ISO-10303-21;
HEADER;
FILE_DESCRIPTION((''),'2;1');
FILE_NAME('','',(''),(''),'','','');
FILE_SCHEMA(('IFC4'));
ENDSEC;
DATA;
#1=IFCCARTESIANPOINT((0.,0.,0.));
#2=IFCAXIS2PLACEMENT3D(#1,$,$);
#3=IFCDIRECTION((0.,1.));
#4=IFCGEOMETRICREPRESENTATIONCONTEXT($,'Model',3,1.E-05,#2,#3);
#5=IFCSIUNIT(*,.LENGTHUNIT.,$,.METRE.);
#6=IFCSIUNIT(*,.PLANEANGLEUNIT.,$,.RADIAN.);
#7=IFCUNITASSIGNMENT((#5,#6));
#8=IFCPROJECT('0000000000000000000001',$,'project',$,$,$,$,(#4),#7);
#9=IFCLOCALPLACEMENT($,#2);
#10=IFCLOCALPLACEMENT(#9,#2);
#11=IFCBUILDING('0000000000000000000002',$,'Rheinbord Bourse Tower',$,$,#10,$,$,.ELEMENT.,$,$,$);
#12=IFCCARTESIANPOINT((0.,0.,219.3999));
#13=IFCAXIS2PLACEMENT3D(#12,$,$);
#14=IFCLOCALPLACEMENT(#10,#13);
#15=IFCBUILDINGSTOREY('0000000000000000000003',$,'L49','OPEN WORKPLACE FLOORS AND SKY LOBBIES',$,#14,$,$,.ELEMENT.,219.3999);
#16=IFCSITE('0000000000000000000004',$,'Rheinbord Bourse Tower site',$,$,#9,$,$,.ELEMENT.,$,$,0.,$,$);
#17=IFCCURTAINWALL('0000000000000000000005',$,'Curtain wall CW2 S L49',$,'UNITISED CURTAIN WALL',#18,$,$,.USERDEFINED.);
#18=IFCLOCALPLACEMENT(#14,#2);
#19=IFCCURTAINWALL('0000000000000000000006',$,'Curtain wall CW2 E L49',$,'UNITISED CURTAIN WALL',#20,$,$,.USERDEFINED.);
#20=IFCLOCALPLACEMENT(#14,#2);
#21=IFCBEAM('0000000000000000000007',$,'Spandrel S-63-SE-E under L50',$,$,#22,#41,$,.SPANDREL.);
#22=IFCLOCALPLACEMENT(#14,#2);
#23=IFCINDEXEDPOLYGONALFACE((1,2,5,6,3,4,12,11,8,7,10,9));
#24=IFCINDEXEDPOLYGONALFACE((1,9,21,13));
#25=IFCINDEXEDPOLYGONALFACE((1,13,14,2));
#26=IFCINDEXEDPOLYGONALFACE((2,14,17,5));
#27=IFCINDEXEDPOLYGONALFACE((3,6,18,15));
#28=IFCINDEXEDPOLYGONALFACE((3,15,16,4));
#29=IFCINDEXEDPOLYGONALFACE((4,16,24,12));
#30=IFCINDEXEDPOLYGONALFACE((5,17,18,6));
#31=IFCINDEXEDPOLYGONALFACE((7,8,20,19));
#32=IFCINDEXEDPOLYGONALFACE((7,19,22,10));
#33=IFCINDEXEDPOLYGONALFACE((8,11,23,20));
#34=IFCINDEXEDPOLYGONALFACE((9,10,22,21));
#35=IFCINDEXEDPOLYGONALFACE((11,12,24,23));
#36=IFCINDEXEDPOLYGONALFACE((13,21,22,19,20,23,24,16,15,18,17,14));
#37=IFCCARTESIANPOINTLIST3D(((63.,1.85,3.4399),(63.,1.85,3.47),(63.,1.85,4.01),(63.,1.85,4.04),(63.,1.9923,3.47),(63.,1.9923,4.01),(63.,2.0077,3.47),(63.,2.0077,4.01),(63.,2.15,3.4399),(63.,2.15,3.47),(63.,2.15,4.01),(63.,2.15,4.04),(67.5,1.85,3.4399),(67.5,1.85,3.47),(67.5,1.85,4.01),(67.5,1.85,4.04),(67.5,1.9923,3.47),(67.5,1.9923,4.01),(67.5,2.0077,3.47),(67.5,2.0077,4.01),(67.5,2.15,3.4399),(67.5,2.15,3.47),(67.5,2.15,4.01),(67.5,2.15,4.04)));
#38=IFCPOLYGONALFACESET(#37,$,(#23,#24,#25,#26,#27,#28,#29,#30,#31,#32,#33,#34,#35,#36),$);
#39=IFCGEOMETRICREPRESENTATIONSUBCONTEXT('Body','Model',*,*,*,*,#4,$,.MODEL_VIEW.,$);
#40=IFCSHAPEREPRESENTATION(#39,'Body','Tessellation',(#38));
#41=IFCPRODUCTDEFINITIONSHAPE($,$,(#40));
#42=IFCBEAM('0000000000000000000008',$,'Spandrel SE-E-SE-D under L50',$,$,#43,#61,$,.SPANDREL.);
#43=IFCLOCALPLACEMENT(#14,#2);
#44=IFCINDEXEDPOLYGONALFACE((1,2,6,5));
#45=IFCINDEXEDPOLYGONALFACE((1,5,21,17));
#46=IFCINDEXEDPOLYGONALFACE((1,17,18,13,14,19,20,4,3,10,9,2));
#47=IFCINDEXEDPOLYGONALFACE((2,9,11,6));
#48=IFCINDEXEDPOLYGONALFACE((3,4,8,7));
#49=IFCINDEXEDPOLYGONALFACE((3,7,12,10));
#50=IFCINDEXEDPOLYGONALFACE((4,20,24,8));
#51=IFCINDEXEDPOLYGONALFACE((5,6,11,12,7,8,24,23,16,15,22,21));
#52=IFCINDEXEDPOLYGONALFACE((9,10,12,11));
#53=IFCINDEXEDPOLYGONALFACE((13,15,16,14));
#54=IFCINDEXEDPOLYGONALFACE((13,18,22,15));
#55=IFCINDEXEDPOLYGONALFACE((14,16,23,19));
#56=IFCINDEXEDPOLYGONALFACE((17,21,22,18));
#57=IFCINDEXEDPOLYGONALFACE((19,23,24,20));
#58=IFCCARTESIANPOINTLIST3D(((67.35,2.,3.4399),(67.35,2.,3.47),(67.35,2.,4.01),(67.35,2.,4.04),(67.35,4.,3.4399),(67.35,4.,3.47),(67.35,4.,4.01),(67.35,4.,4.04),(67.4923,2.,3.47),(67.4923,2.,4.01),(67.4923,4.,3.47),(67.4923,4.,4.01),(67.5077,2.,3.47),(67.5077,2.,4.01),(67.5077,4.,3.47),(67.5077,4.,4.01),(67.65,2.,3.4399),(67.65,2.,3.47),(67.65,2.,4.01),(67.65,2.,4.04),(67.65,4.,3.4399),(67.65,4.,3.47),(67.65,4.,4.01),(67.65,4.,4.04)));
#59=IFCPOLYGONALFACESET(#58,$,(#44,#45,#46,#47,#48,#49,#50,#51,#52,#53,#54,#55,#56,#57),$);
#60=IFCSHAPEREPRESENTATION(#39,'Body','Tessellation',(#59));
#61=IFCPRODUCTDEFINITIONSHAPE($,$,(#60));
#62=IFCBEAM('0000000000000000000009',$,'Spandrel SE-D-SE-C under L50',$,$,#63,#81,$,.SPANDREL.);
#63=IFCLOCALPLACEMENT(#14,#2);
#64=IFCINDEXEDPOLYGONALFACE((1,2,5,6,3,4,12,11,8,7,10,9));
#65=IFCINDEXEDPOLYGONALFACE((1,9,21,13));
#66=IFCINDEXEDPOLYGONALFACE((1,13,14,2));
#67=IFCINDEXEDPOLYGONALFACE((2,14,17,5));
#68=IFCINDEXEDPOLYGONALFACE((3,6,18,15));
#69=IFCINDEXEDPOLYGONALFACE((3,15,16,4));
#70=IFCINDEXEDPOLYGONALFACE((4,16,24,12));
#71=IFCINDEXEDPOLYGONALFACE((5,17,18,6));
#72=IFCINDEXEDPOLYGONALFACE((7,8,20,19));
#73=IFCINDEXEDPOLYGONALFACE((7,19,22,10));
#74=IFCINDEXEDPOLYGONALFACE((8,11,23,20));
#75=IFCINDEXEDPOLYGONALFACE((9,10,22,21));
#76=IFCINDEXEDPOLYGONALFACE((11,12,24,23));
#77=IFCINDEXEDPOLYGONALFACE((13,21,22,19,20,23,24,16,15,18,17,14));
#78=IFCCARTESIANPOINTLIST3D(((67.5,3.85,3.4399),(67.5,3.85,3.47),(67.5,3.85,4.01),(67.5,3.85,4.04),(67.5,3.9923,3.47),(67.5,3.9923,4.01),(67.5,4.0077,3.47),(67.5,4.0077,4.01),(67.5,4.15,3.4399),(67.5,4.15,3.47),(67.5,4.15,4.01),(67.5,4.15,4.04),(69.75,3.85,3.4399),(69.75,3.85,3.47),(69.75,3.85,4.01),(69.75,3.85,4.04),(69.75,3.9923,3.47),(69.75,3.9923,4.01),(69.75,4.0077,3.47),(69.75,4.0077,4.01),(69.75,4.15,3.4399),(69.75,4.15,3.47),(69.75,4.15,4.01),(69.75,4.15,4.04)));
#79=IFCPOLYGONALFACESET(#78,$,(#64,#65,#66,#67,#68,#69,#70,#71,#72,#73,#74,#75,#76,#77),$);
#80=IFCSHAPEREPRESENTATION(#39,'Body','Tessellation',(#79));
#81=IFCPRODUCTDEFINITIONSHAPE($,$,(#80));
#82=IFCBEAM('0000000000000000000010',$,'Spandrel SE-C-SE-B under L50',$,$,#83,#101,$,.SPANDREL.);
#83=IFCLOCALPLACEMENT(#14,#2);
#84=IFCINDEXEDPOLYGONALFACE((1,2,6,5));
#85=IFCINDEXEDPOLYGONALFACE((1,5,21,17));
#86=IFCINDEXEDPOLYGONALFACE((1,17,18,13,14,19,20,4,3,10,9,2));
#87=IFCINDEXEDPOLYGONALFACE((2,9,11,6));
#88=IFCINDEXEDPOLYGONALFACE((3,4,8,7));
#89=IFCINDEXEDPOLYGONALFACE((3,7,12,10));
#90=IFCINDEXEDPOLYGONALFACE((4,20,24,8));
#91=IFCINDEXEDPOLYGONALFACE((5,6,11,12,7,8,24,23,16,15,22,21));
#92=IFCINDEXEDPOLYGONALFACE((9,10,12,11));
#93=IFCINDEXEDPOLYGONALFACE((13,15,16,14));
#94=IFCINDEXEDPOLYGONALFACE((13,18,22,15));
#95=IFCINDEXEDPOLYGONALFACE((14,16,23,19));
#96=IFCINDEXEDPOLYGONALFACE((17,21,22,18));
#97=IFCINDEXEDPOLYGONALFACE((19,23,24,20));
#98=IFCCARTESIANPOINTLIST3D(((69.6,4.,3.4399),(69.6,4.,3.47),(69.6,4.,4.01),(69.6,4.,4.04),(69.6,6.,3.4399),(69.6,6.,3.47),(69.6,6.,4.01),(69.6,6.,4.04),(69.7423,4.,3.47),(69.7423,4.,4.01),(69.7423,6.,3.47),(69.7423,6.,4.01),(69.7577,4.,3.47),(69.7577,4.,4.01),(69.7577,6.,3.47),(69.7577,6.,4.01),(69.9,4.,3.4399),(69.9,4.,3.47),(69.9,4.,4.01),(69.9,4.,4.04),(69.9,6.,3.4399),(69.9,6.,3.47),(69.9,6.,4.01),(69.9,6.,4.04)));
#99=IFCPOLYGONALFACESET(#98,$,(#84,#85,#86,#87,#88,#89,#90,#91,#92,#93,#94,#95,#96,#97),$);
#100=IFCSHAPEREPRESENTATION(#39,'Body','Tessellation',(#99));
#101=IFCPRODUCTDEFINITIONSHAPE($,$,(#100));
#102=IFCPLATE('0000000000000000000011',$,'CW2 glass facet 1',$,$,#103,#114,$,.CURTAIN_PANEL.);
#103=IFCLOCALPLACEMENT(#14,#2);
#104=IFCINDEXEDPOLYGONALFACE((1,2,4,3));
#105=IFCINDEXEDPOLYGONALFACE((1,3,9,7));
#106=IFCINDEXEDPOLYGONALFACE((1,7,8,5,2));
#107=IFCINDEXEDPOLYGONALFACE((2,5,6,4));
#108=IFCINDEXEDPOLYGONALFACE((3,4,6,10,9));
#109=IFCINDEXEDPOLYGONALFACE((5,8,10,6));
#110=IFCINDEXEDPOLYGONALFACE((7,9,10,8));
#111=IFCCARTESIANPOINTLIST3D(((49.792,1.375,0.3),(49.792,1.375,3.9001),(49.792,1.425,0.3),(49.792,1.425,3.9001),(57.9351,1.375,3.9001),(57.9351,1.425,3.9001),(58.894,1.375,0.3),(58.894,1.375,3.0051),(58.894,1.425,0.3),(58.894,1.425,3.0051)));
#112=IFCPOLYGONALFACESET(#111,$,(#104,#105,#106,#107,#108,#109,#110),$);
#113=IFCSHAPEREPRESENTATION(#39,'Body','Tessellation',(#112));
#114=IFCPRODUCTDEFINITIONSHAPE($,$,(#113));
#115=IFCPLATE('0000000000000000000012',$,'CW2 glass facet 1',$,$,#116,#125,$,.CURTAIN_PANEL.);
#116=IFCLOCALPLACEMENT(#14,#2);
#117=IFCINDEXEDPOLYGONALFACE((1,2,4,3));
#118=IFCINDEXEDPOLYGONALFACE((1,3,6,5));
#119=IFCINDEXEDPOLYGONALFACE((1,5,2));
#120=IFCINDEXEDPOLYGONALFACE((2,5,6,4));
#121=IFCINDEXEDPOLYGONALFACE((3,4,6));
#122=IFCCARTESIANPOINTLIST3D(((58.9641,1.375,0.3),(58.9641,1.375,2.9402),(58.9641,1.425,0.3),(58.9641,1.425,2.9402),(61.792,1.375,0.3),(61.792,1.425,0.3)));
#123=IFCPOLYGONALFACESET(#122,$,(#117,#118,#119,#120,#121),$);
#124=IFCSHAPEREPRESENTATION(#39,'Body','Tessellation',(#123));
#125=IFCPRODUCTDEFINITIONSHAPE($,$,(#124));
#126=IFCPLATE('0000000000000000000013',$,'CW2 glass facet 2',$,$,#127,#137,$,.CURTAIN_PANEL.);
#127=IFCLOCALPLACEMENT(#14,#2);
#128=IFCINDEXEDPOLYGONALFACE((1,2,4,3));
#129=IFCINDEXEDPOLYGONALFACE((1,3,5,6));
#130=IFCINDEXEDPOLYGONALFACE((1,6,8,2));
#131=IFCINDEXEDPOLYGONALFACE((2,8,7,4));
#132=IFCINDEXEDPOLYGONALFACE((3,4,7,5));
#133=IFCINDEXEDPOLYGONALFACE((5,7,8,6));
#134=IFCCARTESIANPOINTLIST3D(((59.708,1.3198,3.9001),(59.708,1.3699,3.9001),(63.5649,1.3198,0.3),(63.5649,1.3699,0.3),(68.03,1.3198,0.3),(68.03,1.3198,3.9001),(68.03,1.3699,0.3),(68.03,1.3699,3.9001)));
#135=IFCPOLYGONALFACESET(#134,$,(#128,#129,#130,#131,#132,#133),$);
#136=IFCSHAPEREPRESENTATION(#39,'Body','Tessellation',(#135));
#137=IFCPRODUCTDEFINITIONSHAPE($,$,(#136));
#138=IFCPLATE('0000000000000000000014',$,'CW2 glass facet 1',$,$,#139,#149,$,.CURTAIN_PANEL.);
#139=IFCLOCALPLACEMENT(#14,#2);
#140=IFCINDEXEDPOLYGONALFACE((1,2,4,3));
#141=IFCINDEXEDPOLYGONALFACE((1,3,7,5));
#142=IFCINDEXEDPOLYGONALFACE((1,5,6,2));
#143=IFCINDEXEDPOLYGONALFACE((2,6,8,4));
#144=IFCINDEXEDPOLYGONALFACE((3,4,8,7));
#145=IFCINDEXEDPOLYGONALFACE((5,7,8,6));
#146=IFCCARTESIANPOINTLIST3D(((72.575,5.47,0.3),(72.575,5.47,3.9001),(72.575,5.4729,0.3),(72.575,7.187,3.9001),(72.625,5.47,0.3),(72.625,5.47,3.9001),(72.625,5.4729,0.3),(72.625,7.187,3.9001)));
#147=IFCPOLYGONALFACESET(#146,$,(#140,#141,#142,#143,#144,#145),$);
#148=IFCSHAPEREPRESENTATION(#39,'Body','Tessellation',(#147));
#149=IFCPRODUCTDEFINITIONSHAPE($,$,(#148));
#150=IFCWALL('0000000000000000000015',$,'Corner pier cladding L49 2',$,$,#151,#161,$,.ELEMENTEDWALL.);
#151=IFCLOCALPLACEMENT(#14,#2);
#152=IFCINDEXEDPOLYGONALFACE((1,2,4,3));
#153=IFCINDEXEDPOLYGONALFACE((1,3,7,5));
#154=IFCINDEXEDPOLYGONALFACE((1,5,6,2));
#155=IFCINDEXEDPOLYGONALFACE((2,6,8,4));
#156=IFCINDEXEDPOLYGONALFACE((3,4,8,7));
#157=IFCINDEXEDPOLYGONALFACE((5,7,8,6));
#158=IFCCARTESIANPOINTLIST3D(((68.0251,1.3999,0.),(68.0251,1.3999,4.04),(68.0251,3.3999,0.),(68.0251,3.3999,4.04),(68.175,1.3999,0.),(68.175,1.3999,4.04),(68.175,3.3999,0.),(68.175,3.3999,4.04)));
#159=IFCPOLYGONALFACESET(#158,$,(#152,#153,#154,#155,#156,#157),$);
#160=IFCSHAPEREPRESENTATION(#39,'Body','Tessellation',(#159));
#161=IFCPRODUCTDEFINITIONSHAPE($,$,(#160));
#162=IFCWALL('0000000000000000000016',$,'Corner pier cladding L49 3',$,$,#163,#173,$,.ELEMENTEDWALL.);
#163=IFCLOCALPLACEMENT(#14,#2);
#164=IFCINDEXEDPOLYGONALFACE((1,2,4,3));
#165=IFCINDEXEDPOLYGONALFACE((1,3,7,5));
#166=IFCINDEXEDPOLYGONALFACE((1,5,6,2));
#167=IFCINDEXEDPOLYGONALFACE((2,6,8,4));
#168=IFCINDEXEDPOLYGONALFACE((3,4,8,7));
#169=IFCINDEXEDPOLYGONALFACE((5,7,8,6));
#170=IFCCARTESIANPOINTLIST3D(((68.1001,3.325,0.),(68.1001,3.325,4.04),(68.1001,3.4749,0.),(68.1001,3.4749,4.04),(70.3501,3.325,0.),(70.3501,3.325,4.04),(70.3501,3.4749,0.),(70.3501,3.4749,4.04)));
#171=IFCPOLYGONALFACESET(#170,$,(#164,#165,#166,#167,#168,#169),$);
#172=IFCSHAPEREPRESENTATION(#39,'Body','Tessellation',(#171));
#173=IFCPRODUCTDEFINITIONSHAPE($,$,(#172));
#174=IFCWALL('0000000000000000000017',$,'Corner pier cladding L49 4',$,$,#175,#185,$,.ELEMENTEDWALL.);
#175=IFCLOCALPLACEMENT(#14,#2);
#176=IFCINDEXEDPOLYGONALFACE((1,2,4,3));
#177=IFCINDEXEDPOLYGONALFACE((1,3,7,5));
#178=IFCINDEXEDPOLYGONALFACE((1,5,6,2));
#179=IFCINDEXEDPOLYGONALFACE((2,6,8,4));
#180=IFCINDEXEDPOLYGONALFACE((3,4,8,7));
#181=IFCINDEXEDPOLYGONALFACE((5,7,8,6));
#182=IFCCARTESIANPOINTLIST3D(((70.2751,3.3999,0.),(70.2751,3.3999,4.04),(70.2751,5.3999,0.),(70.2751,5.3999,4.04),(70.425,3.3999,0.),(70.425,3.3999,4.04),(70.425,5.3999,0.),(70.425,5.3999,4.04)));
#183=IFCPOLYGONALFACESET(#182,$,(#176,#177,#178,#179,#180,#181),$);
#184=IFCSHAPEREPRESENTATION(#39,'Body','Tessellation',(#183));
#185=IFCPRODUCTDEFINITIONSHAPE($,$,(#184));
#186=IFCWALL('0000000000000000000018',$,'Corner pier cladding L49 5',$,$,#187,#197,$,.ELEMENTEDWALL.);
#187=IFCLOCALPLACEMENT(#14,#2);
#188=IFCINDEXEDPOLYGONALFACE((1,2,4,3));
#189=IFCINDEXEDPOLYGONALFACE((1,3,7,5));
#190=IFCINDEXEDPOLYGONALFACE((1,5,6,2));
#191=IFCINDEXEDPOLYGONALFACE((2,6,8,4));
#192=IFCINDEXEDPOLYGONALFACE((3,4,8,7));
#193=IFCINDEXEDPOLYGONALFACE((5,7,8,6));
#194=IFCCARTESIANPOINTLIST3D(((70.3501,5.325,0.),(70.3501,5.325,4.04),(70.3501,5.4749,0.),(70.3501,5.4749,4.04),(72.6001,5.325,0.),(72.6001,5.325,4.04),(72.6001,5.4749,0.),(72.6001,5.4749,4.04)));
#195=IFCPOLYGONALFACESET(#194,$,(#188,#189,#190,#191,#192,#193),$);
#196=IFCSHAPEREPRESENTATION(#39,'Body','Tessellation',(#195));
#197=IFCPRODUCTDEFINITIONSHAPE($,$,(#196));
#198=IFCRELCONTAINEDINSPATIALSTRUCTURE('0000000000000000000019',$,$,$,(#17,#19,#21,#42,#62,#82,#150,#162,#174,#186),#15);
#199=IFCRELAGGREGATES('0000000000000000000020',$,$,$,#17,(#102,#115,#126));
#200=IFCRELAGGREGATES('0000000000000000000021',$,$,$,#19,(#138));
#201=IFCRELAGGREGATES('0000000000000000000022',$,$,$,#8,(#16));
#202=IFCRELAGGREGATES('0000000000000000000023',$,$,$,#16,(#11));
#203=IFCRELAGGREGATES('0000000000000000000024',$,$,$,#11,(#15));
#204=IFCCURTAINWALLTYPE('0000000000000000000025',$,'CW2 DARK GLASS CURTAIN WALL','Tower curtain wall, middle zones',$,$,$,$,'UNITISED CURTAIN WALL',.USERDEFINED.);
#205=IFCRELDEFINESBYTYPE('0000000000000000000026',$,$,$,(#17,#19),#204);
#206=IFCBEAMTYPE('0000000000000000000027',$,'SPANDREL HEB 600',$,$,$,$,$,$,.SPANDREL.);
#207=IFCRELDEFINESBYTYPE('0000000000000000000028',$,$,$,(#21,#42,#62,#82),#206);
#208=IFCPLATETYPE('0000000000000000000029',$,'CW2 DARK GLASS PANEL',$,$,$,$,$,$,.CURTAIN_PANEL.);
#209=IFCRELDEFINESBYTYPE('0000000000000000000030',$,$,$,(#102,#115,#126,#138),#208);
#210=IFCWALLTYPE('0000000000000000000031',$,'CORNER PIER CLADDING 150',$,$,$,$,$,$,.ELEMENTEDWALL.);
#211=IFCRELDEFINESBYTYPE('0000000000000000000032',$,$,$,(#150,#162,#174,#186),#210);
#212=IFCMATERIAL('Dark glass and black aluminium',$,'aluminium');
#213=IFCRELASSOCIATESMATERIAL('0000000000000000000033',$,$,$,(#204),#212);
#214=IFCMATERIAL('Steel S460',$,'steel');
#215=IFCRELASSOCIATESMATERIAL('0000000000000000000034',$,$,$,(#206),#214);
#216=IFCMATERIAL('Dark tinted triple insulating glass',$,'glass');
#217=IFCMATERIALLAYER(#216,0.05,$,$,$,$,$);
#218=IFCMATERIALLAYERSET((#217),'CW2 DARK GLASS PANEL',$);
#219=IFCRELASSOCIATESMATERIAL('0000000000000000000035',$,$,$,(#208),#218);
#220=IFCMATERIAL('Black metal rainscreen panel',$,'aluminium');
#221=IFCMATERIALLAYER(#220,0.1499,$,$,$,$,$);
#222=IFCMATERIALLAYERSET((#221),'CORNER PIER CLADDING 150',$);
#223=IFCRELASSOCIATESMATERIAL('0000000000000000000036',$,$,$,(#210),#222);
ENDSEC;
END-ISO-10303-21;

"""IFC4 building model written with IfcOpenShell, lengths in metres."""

from ifc_helpers import new_model, si_unit, direction, frame, frame_2d, origin, origin_2d, place, context, subcontext, project, spatial, polyline, rectangle, i_section, outline, extrude, material, layer, layer_set, material_profile, profile_set, type_object, element, aggregate, save


model = new_model("IFC4")

# Units and contexts
model_context = context("Model", 3, precision=1e-05, world=origin(), true_north=direction((0.0, 1.0)))
body_context = subcontext(model_context, "Body", "Model", "MODEL_VIEW")
ifc_project = project(units=[si_unit("LENGTHUNIT", "METRE"), si_unit("PLANEANGLEUNIT", "RADIAN")], contexts=[model_context])

# Site, building, storey
site_placement = place(None, origin())
site = spatial("IfcSite", under=ifc_project, at=site_placement, Name="Rheinbord Bourse Tower site", CompositionType="ELEMENT", RefElevation=0.0)
building_placement = place(site_placement, origin())
building = spatial("IfcBuilding", under=site, at=building_placement, Name="Rheinbord Bourse Tower", CompositionType="ELEMENT")
storey_placement = place(building_placement, frame((0.0, 0.0, 219.3999)))
storey = spatial("IfcBuildingStorey", under=building, at=storey_placement, Name="L49", Description="OPEN WORKPLACE FLOORS AND SKY LOBBIES", CompositionType="ELEMENT", Elevation=219.3999)

# Curtain wall
ifc_material_1 = material(Name="Dark glass and black aluminium", Category="aluminium")
curtain_wall_type = type_object("IfcCurtainWallType", Name="CW2 DARK GLASS CURTAIN WALL", Description="Tower curtain wall, middle zones", ElementType="UNITISED CURTAIN WALL", PredefinedType="USERDEFINED", material=ifc_material_1)
curtain_wall_1_placement = place(storey_placement, origin())
curtain_wall_1 = element("IfcCurtainWall", 1, at=curtain_wall_1_placement, inside=storey, type_object=curtain_wall_type, Name="Curtain wall CW2 S L49", ObjectType="UNITISED CURTAIN WALL", PredefinedType="USERDEFINED")

# Curtain wall
curtain_wall_2_placement = place(storey_placement, origin())
curtain_wall_2 = element("IfcCurtainWall", 2, at=curtain_wall_2_placement, inside=storey, type_object=curtain_wall_type, Name="Curtain wall CW2 E L49", ObjectType="UNITISED CURTAIN WALL", PredefinedType="USERDEFINED")

# Beams
ifc_material_2 = material(Name="Steel S460", Category="steel")
ifc_material_profile_1 = material_profile(ifc_material_2, i_section(OverallWidth=0.3, OverallDepth=0.6001, WebThickness=0.0154, FlangeThickness=0.03, at=origin_2d()), Name="HEB 600")
ifc_profile_set_1 = profile_set([ifc_material_profile_1], Name="Steel S460")
beam_type_1 = type_object("IfcBeamType", Name="SPANDREL HEB 600", PredefinedType="SPANDREL", material=ifc_profile_set_1)
for number, where, z_axis, x_axis, name in (
    (3, (63.0, 2.0, 3.74), (1.0, 0.0, 0.0), (0.0, 1.0, 0.0), "Spandrel S-63-SE-E under L50"),
):
    element("IfcBeam", number, at=place(storey_placement, frame(where, z_axis=z_axis, x_axis=x_axis)), inside=storey, type_object=beam_type_1, Name=name, PredefinedType="SPANDREL", context=body_context, shape_type="SweptSolid", body=[
        extrude(i_section(OverallWidth=0.3, OverallDepth=0.6001, WebThickness=0.0154, FlangeThickness=0.03, at=origin_2d()), origin(), (0.0, 0.0, 1.0), 4.5),
    ])
beam_1_placement = place(storey_placement, frame((67.5, 2.0, 3.74), z_axis=(0.0, 1.0, 0.0), x_axis=(-1.0, 0.0, 0.0)))
element("IfcBeam", 4, at=beam_1_placement, inside=storey, type_object=beam_type_1, Name="Spandrel SE-E-SE-D under L50", PredefinedType="SPANDREL", context=body_context, shape_type="SweptSolid", body=[
    extrude(i_section(OverallWidth=0.3, OverallDepth=0.6001, WebThickness=0.0154, FlangeThickness=0.03, at=origin_2d()), origin(), (0.0, 0.0, 1.0), 2.0),
])
beam_2_placement = place(storey_placement, frame((67.5, 4.0, 3.74), z_axis=(1.0, 0.0, 0.0), x_axis=(0.0, 1.0, 0.0)))
element("IfcBeam", 5, at=beam_2_placement, inside=storey, type_object=beam_type_1, Name="Spandrel SE-D-SE-C under L50", PredefinedType="SPANDREL", context=body_context, shape_type="SweptSolid", body=[
    extrude(i_section(OverallWidth=0.3, OverallDepth=0.6001, WebThickness=0.0154, FlangeThickness=0.03, at=origin_2d()), origin(), (0.0, 0.0, 1.0), 2.25),
])
beam_3_placement = place(storey_placement, frame((69.75, 4.0, 3.74), z_axis=(0.0, 1.0, 0.0), x_axis=(-1.0, 0.0, 0.0)))
element("IfcBeam", 6, at=beam_3_placement, inside=storey, type_object=beam_type_1, Name="Spandrel SE-C-SE-B under L50", PredefinedType="SPANDREL", context=body_context, shape_type="SweptSolid", body=[
    extrude(i_section(OverallWidth=0.3, OverallDepth=0.6001, WebThickness=0.0154, FlangeThickness=0.03, at=origin_2d()), origin(), (0.0, 0.0, 1.0), 2.0),
])

# Plates
ifc_material_3 = material(Name="Dark tinted triple insulating glass", Category="glass")
ifc_layer_1 = layer(ifc_material_3, 0.05)
ifc_layer_set_1 = layer_set([ifc_layer_1], Name="CW2 DARK GLASS PANEL")
plate_type = type_object("IfcPlateType", Name="CW2 DARK GLASS PANEL", PredefinedType="CURTAIN_PANEL", material=ifc_layer_set_1)
plate_1_placement = place(storey_placement, frame((58.894, 1.375, 0.3), z_axis=(0.0, 1.0, 0.0), x_axis=(-1.0, 0.0, 0.0)))
plate_1 = element("IfcPlate", 7, at=plate_1_placement, type_object=plate_type, Name="CW2 glass facet 1", PredefinedType="CURTAIN_PANEL", context=body_context, shape_type="SweptSolid", body=[
    extrude(outline(polyline([(0.0, 0.0), (9.1021, 0.0), (9.1021, 3.6001), (0.959, 3.6001), (0.0, 2.7051), (0.0, 0.0)])), origin(), (0.0, 0.0, 1.0), 0.05),
])
plate_2_placement = place(storey_placement, frame((58.9641, 1.375, 0.3), z_axis=(0.0, 1.0, 0.0), x_axis=(0.0, 0.0, 1.0)))
plate_2 = element("IfcPlate", 8, at=plate_2_placement, type_object=plate_type, Name="CW2 glass facet 1", PredefinedType="CURTAIN_PANEL", context=body_context, shape_type="SweptSolid", body=[
    extrude(outline(polyline([(0.0, 0.0), (2.6401, 0.0), (0.0, 2.8279), (0.0, 0.0)])), origin(), (0.0, 0.0, 1.0), 0.05),
])
plate_3_placement = place(storey_placement, frame((68.03, 1.3198, 3.9001), z_axis=(0.0, 1.0, 0.0), x_axis=(0.0, 0.0, -1.0)))
plate_3 = element("IfcPlate", 9, at=plate_3_placement, type_object=plate_type, Name="CW2 glass facet 2", PredefinedType="CURTAIN_PANEL", context=body_context, shape_type="SweptSolid", body=[
    extrude(outline(polyline([(0.0, 0.0), (3.6001, 0.0), (3.6001, 4.4651), (0.0, 8.322), (0.0, 0.0)])), origin(), (0.0, 0.0, 1.0), 0.05),
])
aggregate(curtain_wall_1, [plate_1, plate_2, plate_3])
plate_4_placement = place(storey_placement, frame((72.625, 5.47, 0.3), z_axis=(-1.0, 0.0, 0.0), x_axis=(0.0, 0.0, 1.0)))
plate_4 = element("IfcPlate", 10, at=plate_4_placement, type_object=plate_type, Name="CW2 glass facet 1", PredefinedType="CURTAIN_PANEL", context=body_context, shape_type="SweptSolid", body=[
    extrude(outline(polyline([(0.0, 0.0), (3.6001, 0.0), (3.6001, 1.717), (0.0, 0.0029), (0.0, 0.0)])), origin(), (0.0, 0.0, 1.0), 0.05),
])
aggregate(curtain_wall_2, [plate_4])

# Walls
ifc_material_4 = material(Name="Black metal rainscreen panel", Category="aluminium")
ifc_layer_2 = layer(ifc_material_4, 0.1499)
ifc_layer_set_2 = layer_set([ifc_layer_2], Name="CORNER PIER CLADDING 150")
wall_type = type_object("IfcWallType", Name="CORNER PIER CLADDING 150", PredefinedType="ELEMENTEDWALL", material=ifc_layer_set_2)
wall_1_placement = place(storey_placement, frame((68.1001, 1.3999, 0.0), z_axis=(0.0, 0.0, 1.0), x_axis=(0.0, 1.0, 0.0)))
element("IfcWall", 11, at=wall_1_placement, inside=storey, type_object=wall_type, Name="Corner pier cladding L49 2", PredefinedType="ELEMENTEDWALL", context=body_context, shape_type="SweptSolid", body=[
    extrude(rectangle(XDim=2.0, YDim=0.1499, at=frame_2d((1.0, 0.0))), origin(), (0.0, 0.0, 1.0), 4.04),
])
wall_2_placement = place(storey_placement, frame((68.1001, 3.3999, 0.0), z_axis=(0.0, 0.0, 1.0), x_axis=(1.0, 0.0, 0.0)))
element("IfcWall", 12, at=wall_2_placement, inside=storey, type_object=wall_type, Name="Corner pier cladding L49 3", PredefinedType="ELEMENTEDWALL", context=body_context, shape_type="SweptSolid", body=[
    extrude(rectangle(XDim=2.25, YDim=0.1499, at=frame_2d((1.125, 0.0))), origin(), (0.0, 0.0, 1.0), 4.04),
])
wall_3_placement = place(storey_placement, frame((70.3501, 3.3999, 0.0), z_axis=(0.0, 0.0, 1.0), x_axis=(0.0, 1.0, 0.0)))
element("IfcWall", 13, at=wall_3_placement, inside=storey, type_object=wall_type, Name="Corner pier cladding L49 4", PredefinedType="ELEMENTEDWALL", context=body_context, shape_type="SweptSolid", body=[
    extrude(rectangle(XDim=2.0, YDim=0.1499, at=frame_2d((1.0, 0.0))), origin(), (0.0, 0.0, 1.0), 4.04),
])
wall_4_placement = place(storey_placement, frame((70.3501, 5.3999, 0.0), z_axis=(0.0, 0.0, 1.0), x_axis=(1.0, 0.0, 0.0)))
element("IfcWall", 14, at=wall_4_placement, inside=storey, type_object=wall_type, Name="Corner pier cladding L49 5", PredefinedType="ELEMENTEDWALL", context=body_context, shape_type="SweptSolid", body=[
    extrude(rectangle(XDim=2.25, YDim=0.1499, at=frame_2d((1.125, 0.0))), origin(), (0.0, 0.0, 1.0), 4.04),
])

save(model, "model.ifc")
